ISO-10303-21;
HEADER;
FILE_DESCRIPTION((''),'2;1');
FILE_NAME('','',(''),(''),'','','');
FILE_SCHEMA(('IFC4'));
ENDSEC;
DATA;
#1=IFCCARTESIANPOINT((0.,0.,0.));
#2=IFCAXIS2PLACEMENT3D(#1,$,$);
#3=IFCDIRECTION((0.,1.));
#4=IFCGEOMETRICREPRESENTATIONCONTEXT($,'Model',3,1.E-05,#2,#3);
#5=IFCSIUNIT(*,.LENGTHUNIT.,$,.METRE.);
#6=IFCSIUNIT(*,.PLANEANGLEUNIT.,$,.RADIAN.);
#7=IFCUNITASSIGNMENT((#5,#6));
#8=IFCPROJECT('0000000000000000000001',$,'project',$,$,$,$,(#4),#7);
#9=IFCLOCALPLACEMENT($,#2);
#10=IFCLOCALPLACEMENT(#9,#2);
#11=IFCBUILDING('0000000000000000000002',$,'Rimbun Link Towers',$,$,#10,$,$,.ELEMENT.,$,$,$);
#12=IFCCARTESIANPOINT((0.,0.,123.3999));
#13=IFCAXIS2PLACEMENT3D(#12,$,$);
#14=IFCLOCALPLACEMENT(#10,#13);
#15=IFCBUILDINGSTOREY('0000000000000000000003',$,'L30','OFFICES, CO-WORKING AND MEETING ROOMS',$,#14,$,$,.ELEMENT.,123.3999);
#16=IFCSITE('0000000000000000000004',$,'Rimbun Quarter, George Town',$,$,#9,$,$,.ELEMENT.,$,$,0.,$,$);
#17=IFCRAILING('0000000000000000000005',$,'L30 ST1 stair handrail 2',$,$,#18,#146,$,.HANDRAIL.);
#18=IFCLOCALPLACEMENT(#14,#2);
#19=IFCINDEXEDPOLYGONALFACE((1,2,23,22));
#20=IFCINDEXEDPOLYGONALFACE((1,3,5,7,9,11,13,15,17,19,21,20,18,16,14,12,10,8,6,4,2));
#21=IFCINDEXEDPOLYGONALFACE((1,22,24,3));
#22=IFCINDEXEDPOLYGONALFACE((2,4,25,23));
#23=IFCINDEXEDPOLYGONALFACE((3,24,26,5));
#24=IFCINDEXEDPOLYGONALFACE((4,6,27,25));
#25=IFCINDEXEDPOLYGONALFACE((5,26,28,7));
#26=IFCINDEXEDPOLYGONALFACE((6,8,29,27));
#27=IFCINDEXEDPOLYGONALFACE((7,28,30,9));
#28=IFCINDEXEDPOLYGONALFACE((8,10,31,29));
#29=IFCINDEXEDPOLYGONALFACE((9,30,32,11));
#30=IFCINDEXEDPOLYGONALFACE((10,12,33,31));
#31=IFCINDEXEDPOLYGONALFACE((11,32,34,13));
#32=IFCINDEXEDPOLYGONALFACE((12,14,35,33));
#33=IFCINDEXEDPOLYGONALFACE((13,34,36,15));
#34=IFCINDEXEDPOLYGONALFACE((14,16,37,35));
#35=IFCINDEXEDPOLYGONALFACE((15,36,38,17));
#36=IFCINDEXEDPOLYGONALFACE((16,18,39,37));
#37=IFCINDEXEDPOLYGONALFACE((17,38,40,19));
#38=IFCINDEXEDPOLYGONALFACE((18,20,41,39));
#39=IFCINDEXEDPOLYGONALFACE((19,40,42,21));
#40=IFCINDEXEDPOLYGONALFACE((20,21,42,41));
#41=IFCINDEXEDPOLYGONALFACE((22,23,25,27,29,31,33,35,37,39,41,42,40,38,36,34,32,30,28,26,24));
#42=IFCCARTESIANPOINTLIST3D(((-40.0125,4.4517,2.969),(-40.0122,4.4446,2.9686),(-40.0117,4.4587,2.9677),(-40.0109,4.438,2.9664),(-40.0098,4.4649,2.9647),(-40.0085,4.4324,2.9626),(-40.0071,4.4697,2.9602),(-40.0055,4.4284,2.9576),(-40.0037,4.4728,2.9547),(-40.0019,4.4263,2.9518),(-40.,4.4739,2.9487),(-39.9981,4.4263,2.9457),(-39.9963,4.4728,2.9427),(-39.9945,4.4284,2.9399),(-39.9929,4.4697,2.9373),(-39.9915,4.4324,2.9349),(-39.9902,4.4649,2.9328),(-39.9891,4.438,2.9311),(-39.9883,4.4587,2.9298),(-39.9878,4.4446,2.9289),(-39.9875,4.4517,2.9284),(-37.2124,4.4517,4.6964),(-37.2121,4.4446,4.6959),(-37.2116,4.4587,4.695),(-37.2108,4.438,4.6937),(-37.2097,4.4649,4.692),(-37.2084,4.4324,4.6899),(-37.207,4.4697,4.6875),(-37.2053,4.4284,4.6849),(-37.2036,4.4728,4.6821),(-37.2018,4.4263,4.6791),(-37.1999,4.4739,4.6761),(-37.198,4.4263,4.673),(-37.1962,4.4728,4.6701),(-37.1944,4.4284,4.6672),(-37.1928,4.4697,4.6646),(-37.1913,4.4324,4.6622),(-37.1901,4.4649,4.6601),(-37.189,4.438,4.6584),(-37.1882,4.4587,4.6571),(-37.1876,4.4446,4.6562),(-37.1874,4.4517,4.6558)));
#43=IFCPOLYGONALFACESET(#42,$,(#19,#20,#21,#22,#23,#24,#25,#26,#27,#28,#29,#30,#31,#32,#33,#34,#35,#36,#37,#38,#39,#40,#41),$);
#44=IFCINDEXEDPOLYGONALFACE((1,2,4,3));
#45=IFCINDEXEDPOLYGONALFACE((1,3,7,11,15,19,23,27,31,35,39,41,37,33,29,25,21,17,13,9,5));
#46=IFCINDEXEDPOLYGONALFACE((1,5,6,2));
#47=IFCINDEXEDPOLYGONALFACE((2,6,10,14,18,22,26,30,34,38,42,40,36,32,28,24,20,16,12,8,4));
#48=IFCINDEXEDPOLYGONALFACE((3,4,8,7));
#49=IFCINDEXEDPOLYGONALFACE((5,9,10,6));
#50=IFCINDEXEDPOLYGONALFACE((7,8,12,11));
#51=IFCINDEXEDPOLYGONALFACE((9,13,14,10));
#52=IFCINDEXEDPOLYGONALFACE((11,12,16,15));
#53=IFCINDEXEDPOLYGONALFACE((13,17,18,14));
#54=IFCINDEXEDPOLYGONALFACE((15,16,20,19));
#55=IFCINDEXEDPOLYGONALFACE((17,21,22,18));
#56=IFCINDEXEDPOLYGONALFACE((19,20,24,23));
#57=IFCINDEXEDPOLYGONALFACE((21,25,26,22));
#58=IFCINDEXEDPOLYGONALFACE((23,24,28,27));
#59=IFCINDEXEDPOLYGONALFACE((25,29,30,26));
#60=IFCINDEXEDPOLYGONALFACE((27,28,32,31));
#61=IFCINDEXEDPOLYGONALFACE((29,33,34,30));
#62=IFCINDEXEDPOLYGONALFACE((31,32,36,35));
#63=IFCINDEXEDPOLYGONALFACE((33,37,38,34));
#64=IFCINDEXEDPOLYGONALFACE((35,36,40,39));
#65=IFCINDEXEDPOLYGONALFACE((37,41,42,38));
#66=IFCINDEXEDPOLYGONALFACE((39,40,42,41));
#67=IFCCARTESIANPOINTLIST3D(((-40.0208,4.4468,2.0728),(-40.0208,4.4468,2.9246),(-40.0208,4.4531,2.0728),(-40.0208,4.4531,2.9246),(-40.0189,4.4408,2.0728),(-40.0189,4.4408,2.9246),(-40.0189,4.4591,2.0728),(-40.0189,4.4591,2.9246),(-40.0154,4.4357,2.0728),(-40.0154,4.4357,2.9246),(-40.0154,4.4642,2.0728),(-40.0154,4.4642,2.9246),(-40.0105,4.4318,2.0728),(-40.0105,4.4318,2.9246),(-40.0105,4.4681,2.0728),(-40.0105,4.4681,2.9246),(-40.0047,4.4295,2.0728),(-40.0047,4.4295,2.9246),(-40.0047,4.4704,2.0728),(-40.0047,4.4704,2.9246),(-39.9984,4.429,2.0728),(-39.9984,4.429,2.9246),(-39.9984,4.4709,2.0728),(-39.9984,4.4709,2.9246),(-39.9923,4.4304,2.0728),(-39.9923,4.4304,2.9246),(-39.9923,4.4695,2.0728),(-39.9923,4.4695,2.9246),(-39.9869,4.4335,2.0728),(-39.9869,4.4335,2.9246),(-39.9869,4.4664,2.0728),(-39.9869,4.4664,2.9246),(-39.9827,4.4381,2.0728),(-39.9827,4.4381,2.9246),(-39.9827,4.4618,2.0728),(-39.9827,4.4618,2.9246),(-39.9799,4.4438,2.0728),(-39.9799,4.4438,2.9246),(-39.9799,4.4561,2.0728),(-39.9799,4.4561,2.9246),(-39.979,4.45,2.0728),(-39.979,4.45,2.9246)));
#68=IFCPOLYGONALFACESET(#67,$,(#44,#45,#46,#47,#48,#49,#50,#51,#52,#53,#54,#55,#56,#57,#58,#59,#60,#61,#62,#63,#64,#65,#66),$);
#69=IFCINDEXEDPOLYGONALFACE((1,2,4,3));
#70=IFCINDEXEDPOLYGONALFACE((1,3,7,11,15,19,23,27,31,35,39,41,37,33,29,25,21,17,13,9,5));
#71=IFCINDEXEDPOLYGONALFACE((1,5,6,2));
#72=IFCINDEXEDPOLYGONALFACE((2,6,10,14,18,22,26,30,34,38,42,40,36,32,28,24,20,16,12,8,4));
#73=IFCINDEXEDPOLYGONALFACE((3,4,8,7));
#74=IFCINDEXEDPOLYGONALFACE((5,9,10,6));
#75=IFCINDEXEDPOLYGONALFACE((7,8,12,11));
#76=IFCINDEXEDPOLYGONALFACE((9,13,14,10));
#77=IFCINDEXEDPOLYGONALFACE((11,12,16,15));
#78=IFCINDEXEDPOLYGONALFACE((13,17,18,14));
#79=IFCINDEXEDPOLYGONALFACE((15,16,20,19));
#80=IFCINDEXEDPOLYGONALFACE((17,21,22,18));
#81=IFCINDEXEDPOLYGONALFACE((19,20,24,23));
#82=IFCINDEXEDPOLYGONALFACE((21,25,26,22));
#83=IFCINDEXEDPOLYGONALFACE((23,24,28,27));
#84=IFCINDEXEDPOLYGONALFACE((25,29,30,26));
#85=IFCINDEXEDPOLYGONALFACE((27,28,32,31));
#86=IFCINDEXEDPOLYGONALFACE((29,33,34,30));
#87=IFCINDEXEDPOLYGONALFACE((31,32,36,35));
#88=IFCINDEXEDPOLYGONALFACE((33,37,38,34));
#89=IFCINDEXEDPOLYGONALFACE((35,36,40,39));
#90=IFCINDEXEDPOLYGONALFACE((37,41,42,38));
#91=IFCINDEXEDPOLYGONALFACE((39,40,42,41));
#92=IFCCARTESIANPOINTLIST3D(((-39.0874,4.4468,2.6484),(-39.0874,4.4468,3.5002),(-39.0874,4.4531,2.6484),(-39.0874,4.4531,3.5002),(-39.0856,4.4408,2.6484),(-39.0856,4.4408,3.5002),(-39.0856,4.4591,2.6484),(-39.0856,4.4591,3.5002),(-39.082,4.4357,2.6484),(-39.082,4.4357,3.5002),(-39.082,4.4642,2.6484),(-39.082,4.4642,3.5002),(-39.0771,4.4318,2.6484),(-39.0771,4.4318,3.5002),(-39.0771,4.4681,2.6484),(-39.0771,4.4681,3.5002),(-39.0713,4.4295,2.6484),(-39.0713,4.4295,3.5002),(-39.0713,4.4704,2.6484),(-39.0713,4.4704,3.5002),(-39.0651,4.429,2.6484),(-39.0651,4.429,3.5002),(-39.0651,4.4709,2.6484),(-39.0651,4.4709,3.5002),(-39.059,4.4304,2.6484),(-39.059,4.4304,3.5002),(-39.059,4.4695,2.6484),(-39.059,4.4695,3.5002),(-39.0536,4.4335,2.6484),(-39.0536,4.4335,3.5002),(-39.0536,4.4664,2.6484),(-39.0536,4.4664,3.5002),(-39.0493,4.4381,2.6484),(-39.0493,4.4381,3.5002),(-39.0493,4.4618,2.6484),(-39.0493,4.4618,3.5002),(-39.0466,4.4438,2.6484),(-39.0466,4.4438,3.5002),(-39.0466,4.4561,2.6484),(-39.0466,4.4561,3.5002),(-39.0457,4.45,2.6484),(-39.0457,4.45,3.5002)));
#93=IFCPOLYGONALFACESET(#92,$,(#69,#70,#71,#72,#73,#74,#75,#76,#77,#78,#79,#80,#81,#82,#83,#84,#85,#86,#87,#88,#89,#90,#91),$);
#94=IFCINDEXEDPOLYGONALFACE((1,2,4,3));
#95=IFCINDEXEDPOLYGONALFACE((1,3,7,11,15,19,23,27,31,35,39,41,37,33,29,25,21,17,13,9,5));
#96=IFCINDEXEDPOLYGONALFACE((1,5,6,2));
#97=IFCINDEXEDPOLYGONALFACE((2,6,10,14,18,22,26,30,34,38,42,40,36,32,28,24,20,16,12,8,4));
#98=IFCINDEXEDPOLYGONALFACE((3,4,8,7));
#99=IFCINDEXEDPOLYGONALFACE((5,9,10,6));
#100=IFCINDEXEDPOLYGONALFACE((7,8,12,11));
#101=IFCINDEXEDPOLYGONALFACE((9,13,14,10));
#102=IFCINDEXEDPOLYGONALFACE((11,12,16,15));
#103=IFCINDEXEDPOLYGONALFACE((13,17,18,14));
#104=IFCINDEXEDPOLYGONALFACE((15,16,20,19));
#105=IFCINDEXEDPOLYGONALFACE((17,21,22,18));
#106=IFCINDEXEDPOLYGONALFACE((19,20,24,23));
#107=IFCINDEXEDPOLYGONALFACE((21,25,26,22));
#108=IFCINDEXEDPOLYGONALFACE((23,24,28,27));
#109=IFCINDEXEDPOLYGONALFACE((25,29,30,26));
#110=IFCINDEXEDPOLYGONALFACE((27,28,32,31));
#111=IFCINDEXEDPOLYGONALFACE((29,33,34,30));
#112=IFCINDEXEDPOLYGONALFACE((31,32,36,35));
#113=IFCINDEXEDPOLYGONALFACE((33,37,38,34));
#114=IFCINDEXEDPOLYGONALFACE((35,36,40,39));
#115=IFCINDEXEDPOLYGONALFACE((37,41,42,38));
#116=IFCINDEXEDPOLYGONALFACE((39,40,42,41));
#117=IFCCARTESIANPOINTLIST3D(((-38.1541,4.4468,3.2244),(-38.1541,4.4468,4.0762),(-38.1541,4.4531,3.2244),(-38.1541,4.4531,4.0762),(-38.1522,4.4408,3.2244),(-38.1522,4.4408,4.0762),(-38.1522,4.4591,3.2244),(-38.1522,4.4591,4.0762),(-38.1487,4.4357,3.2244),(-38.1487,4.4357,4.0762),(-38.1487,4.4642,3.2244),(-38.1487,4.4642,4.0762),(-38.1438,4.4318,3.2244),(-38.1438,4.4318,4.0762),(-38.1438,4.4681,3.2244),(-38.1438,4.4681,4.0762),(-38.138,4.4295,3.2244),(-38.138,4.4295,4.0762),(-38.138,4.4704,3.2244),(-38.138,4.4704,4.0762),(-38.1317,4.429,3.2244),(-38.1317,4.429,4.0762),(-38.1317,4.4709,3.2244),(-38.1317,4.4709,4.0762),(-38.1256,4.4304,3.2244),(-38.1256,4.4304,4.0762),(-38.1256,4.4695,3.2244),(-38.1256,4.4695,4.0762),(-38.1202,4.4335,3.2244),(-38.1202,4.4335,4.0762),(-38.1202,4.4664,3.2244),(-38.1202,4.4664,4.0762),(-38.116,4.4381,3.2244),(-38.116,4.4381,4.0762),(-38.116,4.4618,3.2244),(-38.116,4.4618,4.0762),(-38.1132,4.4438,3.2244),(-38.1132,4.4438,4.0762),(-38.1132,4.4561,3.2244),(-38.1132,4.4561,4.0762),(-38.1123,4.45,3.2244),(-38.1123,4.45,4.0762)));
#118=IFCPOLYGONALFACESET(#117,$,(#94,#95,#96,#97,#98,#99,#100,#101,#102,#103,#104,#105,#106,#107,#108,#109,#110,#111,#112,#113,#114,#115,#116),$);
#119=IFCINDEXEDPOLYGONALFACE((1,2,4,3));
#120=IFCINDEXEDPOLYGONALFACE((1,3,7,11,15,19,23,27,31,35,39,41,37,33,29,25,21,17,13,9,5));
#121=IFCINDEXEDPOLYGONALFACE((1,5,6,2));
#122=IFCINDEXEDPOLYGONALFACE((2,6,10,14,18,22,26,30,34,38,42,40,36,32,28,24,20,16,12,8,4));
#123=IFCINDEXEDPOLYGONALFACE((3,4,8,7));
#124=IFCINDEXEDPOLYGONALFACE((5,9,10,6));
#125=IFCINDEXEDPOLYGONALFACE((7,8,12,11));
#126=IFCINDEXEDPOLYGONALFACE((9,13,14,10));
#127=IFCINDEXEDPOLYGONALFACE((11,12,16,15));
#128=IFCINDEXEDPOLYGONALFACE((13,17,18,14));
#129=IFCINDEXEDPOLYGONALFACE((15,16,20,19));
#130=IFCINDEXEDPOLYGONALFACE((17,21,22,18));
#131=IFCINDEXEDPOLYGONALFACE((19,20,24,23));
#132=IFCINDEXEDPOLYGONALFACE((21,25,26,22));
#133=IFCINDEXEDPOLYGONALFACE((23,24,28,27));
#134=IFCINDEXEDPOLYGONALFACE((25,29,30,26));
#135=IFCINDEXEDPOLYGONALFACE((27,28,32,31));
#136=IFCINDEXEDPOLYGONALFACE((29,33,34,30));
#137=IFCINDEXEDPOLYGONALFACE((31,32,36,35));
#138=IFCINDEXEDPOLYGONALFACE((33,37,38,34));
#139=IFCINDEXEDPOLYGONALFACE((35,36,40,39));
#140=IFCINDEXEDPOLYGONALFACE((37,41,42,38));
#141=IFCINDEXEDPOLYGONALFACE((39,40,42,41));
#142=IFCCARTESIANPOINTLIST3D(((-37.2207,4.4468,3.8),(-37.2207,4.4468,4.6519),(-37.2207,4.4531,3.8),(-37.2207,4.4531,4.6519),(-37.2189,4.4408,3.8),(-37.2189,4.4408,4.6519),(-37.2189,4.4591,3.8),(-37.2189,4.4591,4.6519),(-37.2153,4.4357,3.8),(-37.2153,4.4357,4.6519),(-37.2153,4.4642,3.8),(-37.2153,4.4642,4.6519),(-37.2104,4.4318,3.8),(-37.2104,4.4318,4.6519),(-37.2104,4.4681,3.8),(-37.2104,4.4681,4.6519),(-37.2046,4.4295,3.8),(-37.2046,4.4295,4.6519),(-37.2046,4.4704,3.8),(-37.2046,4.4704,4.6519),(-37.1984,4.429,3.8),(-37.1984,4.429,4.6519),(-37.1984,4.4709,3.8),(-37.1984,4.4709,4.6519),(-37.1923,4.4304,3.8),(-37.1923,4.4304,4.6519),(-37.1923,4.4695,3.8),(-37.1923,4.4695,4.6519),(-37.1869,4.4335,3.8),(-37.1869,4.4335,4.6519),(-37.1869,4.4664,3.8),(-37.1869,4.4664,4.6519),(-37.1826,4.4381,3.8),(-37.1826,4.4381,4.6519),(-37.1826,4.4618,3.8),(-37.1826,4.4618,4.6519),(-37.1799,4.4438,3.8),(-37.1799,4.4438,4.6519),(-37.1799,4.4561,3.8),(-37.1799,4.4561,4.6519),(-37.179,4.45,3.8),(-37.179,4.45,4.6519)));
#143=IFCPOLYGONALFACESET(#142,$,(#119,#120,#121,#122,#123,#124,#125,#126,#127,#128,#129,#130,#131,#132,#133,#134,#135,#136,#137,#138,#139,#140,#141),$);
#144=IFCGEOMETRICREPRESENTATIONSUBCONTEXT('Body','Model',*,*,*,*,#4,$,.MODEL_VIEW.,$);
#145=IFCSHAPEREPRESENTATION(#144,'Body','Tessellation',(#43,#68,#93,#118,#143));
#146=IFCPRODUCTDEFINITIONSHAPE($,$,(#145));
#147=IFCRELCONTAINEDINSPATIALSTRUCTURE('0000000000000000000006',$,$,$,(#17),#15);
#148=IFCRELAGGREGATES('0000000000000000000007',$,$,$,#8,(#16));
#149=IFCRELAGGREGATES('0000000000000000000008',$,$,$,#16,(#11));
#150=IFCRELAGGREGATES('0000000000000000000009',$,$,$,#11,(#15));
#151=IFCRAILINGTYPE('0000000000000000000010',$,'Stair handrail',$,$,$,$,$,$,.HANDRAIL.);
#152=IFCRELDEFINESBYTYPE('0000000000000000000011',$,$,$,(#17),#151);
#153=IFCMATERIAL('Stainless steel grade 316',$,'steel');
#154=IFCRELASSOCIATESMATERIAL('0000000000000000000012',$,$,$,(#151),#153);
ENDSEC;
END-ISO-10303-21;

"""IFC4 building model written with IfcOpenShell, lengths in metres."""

from ifc_helpers import new_model, si_unit, direction, frame, origin, origin_2d, place, context, subcontext, project, spatial, circle, extrude, material, type_object, element, save


model = new_model("IFC4")

# Units and contexts
model_context = context("Model", 3, precision=1e-05, world=origin(), true_north=direction((0.0, 1.0)))
body_context = subcontext(model_context, "Body", "Model", "MODEL_VIEW")
ifc_project = project(units=[si_unit("LENGTHUNIT", "METRE"), si_unit("PLANEANGLEUNIT", "RADIAN")], contexts=[model_context])

# Site, building, storey
site_placement = place(None, origin())
site = spatial("IfcSite", under=ifc_project, at=site_placement, Name="Rimbun Quarter, George Town", CompositionType="ELEMENT", RefElevation=0.0)
building_placement = place(site_placement, origin())
building = spatial("IfcBuilding", under=site, at=building_placement, Name="Rimbun Link Towers", CompositionType="ELEMENT")
storey_placement = place(building_placement, frame((0.0, 0.0, 123.3999)))
storey = spatial("IfcBuildingStorey", under=building, at=storey_placement, Name="L30", Description="OFFICES, CO-WORKING AND MEETING ROOMS", CompositionType="ELEMENT", Elevation=123.3999)

# Railing
ifc_material_1 = material(Name="Stainless steel grade 316", Category="steel")
railing_type_1 = type_object("IfcRailingType", Name="Stair handrail", PredefinedType="HANDRAIL", material=ifc_material_1)
railing_1_placement = place(storey_placement, frame((-40.0, 4.45, 2.0728)))
element("IfcRailing", 1, at=railing_1_placement, inside=storey, type_object=railing_type_1, Name="L30 ST1 stair handrail 2", PredefinedType="HANDRAIL", context=body_context, shape_type="SweptSolid", body=[
    extrude(circle(Radius=0.0239, at=origin_2d()), frame((0.0, 0.0, 0.876), z_axis=(0.85109, 0.0, 0.52502), x_axis=(0.0, 1.0, 0.0)), (0.0, 0.0, 1.0), 3.29),
    extrude(circle(Radius=0.021, at=origin_2d()), origin(), (0.0, 0.0, 1.0), 0.8518),
    extrude(circle(Radius=0.021, at=origin_2d()), frame((0.9333, 0.0, 0.5757)), (0.0, 0.0, 1.0), 0.8518),
    extrude(circle(Radius=0.021, at=origin_2d()), frame((1.8667, 0.0, 1.1516)), (0.0, 0.0, 1.0), 0.8518),
    extrude(circle(Radius=0.021, at=origin_2d()), frame((2.8, 0.0, 1.7273)), (0.0, 0.0, 1.0), 0.8518),
])

save(model, "model.ifc")
